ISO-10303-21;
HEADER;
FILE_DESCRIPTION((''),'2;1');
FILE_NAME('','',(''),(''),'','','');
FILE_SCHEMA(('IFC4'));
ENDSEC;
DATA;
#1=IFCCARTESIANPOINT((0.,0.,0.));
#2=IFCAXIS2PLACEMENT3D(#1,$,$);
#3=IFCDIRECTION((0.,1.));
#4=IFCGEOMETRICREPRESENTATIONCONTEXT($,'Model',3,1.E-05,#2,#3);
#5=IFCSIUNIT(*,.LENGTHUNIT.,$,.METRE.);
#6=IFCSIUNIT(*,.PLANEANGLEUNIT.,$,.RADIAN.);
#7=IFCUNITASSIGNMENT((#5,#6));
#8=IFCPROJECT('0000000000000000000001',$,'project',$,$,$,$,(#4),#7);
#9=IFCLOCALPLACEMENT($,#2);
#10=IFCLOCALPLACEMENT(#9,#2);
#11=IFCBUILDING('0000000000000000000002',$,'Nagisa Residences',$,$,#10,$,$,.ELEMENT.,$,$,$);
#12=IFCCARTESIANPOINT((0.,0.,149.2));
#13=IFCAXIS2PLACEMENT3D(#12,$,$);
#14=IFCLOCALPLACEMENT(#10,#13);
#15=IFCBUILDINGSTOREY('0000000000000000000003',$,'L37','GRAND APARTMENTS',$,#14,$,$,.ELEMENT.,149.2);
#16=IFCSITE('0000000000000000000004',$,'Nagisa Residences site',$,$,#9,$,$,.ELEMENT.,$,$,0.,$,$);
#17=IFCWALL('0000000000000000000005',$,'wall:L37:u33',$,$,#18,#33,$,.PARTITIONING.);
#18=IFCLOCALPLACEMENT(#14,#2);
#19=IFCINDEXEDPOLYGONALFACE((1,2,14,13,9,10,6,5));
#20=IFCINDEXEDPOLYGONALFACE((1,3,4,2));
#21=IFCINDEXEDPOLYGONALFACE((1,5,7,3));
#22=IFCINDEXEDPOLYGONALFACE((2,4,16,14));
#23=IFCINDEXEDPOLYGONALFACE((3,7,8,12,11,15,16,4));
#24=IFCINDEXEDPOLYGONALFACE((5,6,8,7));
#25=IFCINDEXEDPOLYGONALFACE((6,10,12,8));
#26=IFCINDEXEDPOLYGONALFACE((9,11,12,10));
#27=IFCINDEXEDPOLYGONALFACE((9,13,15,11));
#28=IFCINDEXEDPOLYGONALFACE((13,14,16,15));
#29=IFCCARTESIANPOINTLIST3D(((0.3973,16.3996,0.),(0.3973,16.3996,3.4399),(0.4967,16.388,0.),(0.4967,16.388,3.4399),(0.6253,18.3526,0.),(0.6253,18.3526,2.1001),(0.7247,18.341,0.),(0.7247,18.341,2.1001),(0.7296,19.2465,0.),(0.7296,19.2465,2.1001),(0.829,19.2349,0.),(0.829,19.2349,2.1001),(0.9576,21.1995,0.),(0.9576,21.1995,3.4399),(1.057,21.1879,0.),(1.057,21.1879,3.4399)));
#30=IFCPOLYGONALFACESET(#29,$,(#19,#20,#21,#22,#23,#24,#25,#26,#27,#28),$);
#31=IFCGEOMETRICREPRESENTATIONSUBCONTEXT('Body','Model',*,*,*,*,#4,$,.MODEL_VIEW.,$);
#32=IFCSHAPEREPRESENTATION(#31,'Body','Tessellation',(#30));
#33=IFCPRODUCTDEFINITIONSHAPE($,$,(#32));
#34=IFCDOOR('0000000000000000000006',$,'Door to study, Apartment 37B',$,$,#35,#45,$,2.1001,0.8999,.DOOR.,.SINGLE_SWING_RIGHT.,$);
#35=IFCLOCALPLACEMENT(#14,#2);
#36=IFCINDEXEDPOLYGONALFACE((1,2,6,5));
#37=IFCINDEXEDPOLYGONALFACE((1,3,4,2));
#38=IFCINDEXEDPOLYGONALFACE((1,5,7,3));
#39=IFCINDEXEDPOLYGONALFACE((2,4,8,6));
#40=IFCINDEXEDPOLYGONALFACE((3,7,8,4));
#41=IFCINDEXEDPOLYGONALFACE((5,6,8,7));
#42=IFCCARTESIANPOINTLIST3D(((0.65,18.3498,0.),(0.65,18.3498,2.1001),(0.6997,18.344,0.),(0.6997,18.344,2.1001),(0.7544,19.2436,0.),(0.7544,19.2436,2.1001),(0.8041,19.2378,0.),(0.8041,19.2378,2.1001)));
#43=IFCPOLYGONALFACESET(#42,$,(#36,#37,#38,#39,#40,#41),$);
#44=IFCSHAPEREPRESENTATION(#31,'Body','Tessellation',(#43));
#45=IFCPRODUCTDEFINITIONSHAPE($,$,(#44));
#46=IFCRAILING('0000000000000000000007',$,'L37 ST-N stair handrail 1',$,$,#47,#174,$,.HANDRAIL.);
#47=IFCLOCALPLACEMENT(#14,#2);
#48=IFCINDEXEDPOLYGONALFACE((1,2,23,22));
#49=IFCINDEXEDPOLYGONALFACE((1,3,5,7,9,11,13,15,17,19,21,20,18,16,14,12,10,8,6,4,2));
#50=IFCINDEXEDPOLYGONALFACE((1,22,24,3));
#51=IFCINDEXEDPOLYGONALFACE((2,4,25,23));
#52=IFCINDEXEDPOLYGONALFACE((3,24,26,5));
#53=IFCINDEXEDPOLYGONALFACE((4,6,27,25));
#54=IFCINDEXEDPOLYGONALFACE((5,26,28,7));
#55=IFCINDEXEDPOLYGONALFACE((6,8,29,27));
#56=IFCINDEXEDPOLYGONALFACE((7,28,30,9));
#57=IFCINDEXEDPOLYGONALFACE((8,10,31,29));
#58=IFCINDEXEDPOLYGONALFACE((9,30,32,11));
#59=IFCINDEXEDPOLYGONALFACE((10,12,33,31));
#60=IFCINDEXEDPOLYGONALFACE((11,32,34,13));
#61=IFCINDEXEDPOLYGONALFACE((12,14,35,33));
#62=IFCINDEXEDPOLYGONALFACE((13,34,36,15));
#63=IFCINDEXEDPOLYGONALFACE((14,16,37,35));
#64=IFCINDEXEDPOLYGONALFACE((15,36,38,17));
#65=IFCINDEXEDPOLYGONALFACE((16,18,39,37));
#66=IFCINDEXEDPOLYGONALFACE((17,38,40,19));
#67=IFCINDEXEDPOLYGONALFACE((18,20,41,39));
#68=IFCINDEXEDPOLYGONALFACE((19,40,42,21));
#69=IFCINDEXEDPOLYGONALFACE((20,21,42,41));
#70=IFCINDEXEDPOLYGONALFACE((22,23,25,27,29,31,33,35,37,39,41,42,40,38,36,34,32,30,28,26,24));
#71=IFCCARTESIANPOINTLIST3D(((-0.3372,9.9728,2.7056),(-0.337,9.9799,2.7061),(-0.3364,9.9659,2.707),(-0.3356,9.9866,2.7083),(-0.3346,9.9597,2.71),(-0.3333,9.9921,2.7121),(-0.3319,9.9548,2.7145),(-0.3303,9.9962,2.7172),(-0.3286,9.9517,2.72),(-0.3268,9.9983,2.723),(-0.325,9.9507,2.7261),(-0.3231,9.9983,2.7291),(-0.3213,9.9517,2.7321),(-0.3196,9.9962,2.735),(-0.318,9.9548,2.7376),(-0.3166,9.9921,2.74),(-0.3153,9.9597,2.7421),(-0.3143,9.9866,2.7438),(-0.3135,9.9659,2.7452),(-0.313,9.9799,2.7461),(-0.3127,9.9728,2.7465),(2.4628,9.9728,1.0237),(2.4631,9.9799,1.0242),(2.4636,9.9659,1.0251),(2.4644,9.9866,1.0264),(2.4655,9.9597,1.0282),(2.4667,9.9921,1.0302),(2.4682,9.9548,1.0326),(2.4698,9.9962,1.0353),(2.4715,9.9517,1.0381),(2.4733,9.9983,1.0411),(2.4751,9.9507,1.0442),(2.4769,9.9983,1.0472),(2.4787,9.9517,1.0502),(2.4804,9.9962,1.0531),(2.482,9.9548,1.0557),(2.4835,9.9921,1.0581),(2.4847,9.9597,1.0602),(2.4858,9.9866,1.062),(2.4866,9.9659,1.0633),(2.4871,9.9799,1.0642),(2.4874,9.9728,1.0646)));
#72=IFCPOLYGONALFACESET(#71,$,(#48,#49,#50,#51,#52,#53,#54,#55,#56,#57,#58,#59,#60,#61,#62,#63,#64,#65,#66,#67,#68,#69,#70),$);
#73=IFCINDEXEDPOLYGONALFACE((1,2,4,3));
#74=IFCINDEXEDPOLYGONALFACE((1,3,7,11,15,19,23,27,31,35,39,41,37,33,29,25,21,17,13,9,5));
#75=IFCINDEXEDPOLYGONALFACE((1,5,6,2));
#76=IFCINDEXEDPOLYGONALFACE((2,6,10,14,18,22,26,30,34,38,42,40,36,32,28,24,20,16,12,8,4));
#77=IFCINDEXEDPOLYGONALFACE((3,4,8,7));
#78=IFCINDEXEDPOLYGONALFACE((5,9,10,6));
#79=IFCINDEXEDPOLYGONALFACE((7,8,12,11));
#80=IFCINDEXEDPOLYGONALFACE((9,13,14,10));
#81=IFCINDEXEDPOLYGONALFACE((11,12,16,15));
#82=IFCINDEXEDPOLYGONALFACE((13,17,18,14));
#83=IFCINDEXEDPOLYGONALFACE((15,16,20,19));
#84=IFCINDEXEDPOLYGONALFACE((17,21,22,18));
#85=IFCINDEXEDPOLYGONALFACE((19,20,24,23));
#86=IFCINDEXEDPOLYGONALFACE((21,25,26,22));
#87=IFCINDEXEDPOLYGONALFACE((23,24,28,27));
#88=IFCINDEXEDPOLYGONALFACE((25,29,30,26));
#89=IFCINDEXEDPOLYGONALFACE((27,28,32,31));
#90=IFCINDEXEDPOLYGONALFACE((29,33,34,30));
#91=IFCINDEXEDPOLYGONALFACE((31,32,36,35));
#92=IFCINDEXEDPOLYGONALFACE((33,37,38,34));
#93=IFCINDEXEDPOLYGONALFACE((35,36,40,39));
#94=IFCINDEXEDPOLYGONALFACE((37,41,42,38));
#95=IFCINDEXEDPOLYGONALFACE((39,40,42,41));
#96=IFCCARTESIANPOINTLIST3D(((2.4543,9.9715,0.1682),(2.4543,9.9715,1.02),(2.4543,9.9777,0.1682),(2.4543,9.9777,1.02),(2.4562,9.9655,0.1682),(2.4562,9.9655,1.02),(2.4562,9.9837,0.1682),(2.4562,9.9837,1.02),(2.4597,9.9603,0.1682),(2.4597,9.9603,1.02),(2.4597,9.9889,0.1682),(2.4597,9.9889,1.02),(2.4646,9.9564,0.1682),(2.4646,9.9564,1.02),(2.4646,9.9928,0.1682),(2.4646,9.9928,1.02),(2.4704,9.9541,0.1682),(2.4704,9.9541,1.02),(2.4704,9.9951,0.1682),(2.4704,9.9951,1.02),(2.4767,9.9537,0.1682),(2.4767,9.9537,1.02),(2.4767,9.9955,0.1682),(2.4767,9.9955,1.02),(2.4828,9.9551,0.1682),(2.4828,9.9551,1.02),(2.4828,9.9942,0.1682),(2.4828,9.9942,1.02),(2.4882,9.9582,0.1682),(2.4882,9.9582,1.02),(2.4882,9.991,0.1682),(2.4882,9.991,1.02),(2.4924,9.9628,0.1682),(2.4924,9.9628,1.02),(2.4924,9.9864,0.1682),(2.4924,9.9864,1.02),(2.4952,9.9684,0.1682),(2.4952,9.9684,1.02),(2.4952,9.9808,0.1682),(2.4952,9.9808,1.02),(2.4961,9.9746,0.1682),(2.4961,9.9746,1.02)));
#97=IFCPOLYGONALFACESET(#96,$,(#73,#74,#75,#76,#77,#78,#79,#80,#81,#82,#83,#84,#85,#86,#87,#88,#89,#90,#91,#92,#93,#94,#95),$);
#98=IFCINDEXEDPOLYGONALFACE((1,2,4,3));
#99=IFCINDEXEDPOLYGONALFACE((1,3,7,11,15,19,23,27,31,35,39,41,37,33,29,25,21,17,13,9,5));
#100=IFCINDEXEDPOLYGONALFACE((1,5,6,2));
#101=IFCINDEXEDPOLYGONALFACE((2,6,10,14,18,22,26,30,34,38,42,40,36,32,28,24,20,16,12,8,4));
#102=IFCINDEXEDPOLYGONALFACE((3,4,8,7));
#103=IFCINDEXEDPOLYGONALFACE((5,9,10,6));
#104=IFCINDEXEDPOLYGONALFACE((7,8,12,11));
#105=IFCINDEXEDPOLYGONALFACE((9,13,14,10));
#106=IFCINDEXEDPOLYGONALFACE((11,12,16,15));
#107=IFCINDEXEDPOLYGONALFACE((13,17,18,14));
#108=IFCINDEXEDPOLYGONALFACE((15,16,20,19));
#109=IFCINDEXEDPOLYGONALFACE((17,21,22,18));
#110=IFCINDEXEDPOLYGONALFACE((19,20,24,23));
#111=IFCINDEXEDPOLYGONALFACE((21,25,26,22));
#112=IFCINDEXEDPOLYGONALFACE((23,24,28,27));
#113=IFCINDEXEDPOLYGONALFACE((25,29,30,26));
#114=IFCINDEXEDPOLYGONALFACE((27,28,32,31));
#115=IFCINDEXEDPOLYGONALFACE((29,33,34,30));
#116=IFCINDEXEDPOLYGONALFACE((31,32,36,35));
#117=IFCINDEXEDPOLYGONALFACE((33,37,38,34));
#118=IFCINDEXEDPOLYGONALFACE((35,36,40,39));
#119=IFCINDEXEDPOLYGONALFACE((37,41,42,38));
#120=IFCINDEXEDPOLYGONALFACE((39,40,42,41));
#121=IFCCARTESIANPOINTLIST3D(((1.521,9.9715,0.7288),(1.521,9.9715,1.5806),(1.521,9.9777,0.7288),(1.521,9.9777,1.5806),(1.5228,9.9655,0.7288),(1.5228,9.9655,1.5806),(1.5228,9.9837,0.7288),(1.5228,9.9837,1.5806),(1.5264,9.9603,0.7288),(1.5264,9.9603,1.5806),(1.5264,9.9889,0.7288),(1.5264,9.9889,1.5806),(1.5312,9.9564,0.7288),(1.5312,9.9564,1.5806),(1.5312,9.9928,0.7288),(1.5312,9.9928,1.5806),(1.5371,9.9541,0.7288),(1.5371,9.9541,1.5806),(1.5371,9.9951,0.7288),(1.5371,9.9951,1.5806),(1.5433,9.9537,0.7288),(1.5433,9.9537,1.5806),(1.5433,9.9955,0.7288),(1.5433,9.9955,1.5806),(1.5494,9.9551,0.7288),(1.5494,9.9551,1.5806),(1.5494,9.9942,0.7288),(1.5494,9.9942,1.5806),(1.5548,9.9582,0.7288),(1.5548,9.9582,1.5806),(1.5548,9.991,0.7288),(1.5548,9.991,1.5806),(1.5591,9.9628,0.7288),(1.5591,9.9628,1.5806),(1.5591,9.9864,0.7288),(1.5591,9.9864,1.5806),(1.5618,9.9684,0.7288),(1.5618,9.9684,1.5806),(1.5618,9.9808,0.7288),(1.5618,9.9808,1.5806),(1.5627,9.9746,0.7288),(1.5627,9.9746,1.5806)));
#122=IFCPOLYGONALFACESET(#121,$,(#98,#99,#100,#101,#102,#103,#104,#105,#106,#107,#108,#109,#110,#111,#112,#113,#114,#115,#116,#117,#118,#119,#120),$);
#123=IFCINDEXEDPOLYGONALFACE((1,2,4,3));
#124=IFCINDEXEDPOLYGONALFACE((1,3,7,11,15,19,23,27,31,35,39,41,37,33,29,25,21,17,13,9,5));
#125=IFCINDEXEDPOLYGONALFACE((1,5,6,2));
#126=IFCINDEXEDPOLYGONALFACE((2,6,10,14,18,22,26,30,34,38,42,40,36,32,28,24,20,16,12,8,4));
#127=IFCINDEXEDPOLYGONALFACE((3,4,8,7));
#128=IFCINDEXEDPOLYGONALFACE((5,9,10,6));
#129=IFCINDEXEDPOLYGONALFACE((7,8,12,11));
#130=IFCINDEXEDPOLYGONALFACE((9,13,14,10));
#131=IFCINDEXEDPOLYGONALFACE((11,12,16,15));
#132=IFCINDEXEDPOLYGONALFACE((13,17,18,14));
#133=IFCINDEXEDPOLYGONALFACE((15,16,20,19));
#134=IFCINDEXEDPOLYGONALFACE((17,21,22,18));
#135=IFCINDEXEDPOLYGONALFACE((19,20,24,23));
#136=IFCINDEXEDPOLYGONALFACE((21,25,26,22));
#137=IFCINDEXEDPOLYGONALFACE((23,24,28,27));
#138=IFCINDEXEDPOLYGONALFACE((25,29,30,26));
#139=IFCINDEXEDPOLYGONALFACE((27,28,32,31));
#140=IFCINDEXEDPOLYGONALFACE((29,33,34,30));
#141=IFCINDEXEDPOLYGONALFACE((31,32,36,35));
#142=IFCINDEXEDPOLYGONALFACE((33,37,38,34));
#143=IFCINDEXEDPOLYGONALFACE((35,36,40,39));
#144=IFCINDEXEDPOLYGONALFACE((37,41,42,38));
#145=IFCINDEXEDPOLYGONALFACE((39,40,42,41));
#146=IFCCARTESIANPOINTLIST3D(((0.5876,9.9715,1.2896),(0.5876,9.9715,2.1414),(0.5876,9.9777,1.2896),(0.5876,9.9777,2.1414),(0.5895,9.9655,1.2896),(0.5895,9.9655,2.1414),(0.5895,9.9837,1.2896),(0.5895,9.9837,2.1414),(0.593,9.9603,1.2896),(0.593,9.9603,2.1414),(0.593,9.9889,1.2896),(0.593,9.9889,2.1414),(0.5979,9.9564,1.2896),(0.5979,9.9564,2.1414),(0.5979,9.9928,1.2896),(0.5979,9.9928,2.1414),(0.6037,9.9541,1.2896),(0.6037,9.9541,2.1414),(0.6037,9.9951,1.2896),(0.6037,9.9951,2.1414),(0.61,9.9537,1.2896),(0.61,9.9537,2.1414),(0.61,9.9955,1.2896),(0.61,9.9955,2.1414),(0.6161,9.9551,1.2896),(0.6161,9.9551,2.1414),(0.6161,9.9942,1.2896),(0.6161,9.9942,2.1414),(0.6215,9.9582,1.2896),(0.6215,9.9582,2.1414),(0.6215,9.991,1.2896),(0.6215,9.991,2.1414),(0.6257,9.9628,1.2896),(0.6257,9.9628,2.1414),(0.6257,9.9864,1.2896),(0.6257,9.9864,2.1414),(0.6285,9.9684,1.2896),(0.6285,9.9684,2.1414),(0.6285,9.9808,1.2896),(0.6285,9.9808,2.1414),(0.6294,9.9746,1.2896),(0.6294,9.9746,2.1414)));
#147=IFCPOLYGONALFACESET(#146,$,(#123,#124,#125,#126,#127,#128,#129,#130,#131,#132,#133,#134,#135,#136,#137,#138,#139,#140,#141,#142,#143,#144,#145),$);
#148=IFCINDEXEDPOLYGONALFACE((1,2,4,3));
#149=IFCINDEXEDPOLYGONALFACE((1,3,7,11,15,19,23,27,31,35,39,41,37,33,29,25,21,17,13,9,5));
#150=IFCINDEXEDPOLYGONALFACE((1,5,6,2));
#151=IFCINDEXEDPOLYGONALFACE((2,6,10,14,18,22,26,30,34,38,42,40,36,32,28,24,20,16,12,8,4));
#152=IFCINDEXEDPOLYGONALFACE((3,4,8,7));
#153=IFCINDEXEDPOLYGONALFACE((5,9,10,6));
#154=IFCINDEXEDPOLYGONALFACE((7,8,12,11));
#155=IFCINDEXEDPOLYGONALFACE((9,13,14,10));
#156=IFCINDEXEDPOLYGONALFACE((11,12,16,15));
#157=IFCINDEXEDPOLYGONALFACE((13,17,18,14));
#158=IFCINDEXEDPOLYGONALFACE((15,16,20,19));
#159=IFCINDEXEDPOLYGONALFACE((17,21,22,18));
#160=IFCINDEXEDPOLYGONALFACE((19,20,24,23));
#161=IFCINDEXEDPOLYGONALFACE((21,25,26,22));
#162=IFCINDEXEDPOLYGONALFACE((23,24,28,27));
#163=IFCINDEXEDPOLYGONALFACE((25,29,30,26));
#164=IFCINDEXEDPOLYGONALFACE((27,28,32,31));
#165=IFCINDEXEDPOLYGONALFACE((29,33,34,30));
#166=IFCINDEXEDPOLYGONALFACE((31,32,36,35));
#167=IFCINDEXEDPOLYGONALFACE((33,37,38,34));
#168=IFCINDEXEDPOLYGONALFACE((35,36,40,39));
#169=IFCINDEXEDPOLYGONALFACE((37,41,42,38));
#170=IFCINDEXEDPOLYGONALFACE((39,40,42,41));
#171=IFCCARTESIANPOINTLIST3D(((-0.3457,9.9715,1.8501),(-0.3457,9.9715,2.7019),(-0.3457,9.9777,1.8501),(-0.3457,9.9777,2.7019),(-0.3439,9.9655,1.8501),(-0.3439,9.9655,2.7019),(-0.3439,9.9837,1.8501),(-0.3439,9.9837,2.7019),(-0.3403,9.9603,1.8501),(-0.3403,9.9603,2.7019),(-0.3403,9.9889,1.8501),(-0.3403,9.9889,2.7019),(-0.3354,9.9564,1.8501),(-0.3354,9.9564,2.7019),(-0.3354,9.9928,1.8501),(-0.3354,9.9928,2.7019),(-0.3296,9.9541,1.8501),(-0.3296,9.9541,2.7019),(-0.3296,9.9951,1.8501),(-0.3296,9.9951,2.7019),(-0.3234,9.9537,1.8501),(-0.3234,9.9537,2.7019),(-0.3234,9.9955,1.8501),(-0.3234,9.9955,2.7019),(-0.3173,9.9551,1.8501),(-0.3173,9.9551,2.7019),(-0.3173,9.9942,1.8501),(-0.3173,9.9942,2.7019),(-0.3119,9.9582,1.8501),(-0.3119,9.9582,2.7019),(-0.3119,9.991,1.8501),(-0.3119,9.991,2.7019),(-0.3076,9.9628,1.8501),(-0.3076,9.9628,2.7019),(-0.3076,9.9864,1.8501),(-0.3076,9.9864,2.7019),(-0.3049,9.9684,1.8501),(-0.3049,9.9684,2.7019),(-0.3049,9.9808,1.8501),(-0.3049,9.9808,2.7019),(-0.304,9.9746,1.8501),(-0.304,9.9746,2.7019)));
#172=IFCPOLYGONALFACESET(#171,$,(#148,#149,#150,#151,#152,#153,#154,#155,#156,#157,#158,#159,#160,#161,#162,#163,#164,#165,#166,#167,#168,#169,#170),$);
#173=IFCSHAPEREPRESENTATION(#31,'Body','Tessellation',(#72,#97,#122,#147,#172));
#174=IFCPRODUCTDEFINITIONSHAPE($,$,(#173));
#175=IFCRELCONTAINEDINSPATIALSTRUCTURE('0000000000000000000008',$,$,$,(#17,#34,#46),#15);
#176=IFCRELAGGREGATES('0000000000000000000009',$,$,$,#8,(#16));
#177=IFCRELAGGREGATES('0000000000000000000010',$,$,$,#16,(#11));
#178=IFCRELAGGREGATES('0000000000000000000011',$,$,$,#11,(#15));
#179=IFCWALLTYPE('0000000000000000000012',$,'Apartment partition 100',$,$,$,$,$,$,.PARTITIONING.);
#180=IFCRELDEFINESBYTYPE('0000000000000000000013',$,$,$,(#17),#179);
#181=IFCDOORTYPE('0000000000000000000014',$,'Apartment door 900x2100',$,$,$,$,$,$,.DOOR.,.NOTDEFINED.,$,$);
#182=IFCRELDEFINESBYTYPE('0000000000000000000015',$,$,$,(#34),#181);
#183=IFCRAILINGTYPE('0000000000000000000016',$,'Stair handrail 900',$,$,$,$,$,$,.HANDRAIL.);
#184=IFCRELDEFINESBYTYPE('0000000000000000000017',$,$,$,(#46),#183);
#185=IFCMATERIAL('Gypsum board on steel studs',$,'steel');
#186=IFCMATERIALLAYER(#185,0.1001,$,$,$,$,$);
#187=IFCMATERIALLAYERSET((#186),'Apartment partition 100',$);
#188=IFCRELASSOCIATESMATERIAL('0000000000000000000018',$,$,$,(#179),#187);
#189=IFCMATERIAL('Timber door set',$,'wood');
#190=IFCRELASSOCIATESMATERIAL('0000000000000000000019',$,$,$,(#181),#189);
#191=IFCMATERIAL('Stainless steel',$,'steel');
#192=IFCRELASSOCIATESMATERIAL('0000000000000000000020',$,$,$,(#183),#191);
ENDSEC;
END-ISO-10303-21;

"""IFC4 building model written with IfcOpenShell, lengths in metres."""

from ifc_helpers import new_model, si_unit, direction, frame, frame_2d, origin, origin_2d, place, context, subcontext, project, spatial, rectangle, circle, extrude, material, layer, layer_set, type_object, element, fill, save


model = new_model("IFC4")

# Units and contexts
model_context = context("Model", 3, precision=1e-05, world=origin(), true_north=direction((0.0, 1.0)))
body_context = subcontext(model_context, "Body", "Model", "MODEL_VIEW")
ifc_project = project(units=[si_unit("LENGTHUNIT", "METRE"), si_unit("PLANEANGLEUNIT", "RADIAN")], contexts=[model_context])

# Site, building, storey
site_placement = place(None, origin())
site = spatial("IfcSite", under=ifc_project, at=site_placement, Name="Nagisa Residences site", CompositionType="ELEMENT", RefElevation=0.0)
building_placement = place(site_placement, origin())
building = spatial("IfcBuilding", under=site, at=building_placement, Name="Nagisa Residences", CompositionType="ELEMENT")
storey_placement = place(building_placement, frame((0.0, 0.0, 149.2)))
storey = spatial("IfcBuildingStorey", under=building, at=storey_placement, Name="L37", Description="GRAND APARTMENTS", CompositionType="ELEMENT", Elevation=149.2)

# Shared definitions
ifc_material_1 = material(Name="Gypsum board on steel studs", Category="steel")
ifc_layer_1 = layer(ifc_material_1, 0.1001)
ifc_layer_set_1 = layer_set([ifc_layer_1], Name="Apartment partition 100")
wall_type_1 = type_object("IfcWallType", Name="Apartment partition 100", PredefinedType="PARTITIONING", material=ifc_layer_set_1)

# Shared definitions
ifc_material_2 = material(Name="Timber door set", Category="wood")
door_type_1 = type_object("IfcDoorType", Name="Apartment door 900x2100", OperationType="NOTDEFINED", PredefinedType="DOOR", material=ifc_material_2)

# Wall, opening, door
wall_1_placement = place(storey_placement, frame((0.447, 16.3938, 0.0), z_axis=(0.0, 0.0, 1.0), x_axis=(0.115941, 0.993256, 0.0)))
wall_1 = element("IfcWall", 1, at=wall_1_placement, inside=storey, type_object=wall_type_1, Name="wall:L37:u33", PredefinedType="PARTITIONING", context=body_context, shape_type="SweptSolid", body=[
    extrude(rectangle(XDim=4.8325, YDim=0.1001, at=frame_2d((2.4163, 0.0))), origin(), (0.0, 0.0, 1.0), 3.4399),
])
opening_1_placement = place(wall_1_placement, frame((1.9663, 0.0, 0.0)))
opening_1 = element("IfcOpeningElement", 2, at=opening_1_placement, cuts=wall_1, PredefinedType="OPENING", context=body_context, shape_type="SweptSolid", body=[
    extrude(rectangle(XDim=0.8999, YDim=2.1001, at=frame_2d((0.45, 1.05))), frame((0.0, 0.0601, 0.0), z_axis=(0.0, -1.0, 0.0), x_axis=(1.0, 0.0, 0.0)), (0.0, 0.0, 1.0), 0.1201),
])
door_1_placement = place(opening_1_placement, frame((0.8999, 0.0, 0.0), x_axis=(-1.0, 0.0, 0.0)))
door_1 = element("IfcDoor", 3, at=door_1_placement, inside=storey, type_object=door_type_1, Name="Door to study, Apartment 37B", OperationType="SINGLE_SWING_RIGHT", OverallHeight=2.1001, OverallWidth=0.8999, PredefinedType="DOOR", context=body_context, shape_type="SweptSolid", body=[
    extrude(rectangle(XDim=0.8999, YDim=2.1001, at=frame_2d((0.45, 1.05))), frame((0.0, 0.0249, 0.0), z_axis=(0.0, -1.0, 0.0), x_axis=(1.0, 0.0, 0.0)), (0.0, 0.0, 1.0), 0.05),
])
fill(opening_1, door_1)

# Railing
ifc_material_3 = material(Name="Stainless steel", Category="steel")
railing_type_1 = type_object("IfcRailingType", Name="Stair handrail 900", PredefinedType="HANDRAIL", material=ifc_material_3)
railing_1_placement = place(storey_placement, frame((2.4751, 9.9746, 0.1682)))
element("IfcRailing", 4, at=railing_1_placement, inside=storey, type_object=railing_type_1, Name="L37 ST-N stair handrail 1", PredefinedType="HANDRAIL", context=body_context, shape_type="SweptSolid", body=[
    extrude(circle(Radius=0.0239, at=origin_2d()), frame((0.0, 0.0, 0.876), z_axis=(-0.857242, 0.0, 0.514913), x_axis=(0.0, -1.0, 0.0)), (0.0, 0.0, 1.0), 3.2664),
    extrude(circle(Radius=0.021, at=origin_2d()), origin(), (0.0, 0.0, 1.0), 0.8518),
    extrude(circle(Radius=0.021, at=origin_2d()), frame((-0.9333, 0.0, 0.5605)), (0.0, 0.0, 1.0), 0.8518),
    extrude(circle(Radius=0.021, at=origin_2d()), frame((-1.8667, 0.0, 1.1213)), (0.0, 0.0, 1.0), 0.8518),
    extrude(circle(Radius=0.021, at=origin_2d()), frame((-2.8, 0.0, 1.6819)), (0.0, 0.0, 1.0), 0.8518),
])

save(model, "model.ifc")
